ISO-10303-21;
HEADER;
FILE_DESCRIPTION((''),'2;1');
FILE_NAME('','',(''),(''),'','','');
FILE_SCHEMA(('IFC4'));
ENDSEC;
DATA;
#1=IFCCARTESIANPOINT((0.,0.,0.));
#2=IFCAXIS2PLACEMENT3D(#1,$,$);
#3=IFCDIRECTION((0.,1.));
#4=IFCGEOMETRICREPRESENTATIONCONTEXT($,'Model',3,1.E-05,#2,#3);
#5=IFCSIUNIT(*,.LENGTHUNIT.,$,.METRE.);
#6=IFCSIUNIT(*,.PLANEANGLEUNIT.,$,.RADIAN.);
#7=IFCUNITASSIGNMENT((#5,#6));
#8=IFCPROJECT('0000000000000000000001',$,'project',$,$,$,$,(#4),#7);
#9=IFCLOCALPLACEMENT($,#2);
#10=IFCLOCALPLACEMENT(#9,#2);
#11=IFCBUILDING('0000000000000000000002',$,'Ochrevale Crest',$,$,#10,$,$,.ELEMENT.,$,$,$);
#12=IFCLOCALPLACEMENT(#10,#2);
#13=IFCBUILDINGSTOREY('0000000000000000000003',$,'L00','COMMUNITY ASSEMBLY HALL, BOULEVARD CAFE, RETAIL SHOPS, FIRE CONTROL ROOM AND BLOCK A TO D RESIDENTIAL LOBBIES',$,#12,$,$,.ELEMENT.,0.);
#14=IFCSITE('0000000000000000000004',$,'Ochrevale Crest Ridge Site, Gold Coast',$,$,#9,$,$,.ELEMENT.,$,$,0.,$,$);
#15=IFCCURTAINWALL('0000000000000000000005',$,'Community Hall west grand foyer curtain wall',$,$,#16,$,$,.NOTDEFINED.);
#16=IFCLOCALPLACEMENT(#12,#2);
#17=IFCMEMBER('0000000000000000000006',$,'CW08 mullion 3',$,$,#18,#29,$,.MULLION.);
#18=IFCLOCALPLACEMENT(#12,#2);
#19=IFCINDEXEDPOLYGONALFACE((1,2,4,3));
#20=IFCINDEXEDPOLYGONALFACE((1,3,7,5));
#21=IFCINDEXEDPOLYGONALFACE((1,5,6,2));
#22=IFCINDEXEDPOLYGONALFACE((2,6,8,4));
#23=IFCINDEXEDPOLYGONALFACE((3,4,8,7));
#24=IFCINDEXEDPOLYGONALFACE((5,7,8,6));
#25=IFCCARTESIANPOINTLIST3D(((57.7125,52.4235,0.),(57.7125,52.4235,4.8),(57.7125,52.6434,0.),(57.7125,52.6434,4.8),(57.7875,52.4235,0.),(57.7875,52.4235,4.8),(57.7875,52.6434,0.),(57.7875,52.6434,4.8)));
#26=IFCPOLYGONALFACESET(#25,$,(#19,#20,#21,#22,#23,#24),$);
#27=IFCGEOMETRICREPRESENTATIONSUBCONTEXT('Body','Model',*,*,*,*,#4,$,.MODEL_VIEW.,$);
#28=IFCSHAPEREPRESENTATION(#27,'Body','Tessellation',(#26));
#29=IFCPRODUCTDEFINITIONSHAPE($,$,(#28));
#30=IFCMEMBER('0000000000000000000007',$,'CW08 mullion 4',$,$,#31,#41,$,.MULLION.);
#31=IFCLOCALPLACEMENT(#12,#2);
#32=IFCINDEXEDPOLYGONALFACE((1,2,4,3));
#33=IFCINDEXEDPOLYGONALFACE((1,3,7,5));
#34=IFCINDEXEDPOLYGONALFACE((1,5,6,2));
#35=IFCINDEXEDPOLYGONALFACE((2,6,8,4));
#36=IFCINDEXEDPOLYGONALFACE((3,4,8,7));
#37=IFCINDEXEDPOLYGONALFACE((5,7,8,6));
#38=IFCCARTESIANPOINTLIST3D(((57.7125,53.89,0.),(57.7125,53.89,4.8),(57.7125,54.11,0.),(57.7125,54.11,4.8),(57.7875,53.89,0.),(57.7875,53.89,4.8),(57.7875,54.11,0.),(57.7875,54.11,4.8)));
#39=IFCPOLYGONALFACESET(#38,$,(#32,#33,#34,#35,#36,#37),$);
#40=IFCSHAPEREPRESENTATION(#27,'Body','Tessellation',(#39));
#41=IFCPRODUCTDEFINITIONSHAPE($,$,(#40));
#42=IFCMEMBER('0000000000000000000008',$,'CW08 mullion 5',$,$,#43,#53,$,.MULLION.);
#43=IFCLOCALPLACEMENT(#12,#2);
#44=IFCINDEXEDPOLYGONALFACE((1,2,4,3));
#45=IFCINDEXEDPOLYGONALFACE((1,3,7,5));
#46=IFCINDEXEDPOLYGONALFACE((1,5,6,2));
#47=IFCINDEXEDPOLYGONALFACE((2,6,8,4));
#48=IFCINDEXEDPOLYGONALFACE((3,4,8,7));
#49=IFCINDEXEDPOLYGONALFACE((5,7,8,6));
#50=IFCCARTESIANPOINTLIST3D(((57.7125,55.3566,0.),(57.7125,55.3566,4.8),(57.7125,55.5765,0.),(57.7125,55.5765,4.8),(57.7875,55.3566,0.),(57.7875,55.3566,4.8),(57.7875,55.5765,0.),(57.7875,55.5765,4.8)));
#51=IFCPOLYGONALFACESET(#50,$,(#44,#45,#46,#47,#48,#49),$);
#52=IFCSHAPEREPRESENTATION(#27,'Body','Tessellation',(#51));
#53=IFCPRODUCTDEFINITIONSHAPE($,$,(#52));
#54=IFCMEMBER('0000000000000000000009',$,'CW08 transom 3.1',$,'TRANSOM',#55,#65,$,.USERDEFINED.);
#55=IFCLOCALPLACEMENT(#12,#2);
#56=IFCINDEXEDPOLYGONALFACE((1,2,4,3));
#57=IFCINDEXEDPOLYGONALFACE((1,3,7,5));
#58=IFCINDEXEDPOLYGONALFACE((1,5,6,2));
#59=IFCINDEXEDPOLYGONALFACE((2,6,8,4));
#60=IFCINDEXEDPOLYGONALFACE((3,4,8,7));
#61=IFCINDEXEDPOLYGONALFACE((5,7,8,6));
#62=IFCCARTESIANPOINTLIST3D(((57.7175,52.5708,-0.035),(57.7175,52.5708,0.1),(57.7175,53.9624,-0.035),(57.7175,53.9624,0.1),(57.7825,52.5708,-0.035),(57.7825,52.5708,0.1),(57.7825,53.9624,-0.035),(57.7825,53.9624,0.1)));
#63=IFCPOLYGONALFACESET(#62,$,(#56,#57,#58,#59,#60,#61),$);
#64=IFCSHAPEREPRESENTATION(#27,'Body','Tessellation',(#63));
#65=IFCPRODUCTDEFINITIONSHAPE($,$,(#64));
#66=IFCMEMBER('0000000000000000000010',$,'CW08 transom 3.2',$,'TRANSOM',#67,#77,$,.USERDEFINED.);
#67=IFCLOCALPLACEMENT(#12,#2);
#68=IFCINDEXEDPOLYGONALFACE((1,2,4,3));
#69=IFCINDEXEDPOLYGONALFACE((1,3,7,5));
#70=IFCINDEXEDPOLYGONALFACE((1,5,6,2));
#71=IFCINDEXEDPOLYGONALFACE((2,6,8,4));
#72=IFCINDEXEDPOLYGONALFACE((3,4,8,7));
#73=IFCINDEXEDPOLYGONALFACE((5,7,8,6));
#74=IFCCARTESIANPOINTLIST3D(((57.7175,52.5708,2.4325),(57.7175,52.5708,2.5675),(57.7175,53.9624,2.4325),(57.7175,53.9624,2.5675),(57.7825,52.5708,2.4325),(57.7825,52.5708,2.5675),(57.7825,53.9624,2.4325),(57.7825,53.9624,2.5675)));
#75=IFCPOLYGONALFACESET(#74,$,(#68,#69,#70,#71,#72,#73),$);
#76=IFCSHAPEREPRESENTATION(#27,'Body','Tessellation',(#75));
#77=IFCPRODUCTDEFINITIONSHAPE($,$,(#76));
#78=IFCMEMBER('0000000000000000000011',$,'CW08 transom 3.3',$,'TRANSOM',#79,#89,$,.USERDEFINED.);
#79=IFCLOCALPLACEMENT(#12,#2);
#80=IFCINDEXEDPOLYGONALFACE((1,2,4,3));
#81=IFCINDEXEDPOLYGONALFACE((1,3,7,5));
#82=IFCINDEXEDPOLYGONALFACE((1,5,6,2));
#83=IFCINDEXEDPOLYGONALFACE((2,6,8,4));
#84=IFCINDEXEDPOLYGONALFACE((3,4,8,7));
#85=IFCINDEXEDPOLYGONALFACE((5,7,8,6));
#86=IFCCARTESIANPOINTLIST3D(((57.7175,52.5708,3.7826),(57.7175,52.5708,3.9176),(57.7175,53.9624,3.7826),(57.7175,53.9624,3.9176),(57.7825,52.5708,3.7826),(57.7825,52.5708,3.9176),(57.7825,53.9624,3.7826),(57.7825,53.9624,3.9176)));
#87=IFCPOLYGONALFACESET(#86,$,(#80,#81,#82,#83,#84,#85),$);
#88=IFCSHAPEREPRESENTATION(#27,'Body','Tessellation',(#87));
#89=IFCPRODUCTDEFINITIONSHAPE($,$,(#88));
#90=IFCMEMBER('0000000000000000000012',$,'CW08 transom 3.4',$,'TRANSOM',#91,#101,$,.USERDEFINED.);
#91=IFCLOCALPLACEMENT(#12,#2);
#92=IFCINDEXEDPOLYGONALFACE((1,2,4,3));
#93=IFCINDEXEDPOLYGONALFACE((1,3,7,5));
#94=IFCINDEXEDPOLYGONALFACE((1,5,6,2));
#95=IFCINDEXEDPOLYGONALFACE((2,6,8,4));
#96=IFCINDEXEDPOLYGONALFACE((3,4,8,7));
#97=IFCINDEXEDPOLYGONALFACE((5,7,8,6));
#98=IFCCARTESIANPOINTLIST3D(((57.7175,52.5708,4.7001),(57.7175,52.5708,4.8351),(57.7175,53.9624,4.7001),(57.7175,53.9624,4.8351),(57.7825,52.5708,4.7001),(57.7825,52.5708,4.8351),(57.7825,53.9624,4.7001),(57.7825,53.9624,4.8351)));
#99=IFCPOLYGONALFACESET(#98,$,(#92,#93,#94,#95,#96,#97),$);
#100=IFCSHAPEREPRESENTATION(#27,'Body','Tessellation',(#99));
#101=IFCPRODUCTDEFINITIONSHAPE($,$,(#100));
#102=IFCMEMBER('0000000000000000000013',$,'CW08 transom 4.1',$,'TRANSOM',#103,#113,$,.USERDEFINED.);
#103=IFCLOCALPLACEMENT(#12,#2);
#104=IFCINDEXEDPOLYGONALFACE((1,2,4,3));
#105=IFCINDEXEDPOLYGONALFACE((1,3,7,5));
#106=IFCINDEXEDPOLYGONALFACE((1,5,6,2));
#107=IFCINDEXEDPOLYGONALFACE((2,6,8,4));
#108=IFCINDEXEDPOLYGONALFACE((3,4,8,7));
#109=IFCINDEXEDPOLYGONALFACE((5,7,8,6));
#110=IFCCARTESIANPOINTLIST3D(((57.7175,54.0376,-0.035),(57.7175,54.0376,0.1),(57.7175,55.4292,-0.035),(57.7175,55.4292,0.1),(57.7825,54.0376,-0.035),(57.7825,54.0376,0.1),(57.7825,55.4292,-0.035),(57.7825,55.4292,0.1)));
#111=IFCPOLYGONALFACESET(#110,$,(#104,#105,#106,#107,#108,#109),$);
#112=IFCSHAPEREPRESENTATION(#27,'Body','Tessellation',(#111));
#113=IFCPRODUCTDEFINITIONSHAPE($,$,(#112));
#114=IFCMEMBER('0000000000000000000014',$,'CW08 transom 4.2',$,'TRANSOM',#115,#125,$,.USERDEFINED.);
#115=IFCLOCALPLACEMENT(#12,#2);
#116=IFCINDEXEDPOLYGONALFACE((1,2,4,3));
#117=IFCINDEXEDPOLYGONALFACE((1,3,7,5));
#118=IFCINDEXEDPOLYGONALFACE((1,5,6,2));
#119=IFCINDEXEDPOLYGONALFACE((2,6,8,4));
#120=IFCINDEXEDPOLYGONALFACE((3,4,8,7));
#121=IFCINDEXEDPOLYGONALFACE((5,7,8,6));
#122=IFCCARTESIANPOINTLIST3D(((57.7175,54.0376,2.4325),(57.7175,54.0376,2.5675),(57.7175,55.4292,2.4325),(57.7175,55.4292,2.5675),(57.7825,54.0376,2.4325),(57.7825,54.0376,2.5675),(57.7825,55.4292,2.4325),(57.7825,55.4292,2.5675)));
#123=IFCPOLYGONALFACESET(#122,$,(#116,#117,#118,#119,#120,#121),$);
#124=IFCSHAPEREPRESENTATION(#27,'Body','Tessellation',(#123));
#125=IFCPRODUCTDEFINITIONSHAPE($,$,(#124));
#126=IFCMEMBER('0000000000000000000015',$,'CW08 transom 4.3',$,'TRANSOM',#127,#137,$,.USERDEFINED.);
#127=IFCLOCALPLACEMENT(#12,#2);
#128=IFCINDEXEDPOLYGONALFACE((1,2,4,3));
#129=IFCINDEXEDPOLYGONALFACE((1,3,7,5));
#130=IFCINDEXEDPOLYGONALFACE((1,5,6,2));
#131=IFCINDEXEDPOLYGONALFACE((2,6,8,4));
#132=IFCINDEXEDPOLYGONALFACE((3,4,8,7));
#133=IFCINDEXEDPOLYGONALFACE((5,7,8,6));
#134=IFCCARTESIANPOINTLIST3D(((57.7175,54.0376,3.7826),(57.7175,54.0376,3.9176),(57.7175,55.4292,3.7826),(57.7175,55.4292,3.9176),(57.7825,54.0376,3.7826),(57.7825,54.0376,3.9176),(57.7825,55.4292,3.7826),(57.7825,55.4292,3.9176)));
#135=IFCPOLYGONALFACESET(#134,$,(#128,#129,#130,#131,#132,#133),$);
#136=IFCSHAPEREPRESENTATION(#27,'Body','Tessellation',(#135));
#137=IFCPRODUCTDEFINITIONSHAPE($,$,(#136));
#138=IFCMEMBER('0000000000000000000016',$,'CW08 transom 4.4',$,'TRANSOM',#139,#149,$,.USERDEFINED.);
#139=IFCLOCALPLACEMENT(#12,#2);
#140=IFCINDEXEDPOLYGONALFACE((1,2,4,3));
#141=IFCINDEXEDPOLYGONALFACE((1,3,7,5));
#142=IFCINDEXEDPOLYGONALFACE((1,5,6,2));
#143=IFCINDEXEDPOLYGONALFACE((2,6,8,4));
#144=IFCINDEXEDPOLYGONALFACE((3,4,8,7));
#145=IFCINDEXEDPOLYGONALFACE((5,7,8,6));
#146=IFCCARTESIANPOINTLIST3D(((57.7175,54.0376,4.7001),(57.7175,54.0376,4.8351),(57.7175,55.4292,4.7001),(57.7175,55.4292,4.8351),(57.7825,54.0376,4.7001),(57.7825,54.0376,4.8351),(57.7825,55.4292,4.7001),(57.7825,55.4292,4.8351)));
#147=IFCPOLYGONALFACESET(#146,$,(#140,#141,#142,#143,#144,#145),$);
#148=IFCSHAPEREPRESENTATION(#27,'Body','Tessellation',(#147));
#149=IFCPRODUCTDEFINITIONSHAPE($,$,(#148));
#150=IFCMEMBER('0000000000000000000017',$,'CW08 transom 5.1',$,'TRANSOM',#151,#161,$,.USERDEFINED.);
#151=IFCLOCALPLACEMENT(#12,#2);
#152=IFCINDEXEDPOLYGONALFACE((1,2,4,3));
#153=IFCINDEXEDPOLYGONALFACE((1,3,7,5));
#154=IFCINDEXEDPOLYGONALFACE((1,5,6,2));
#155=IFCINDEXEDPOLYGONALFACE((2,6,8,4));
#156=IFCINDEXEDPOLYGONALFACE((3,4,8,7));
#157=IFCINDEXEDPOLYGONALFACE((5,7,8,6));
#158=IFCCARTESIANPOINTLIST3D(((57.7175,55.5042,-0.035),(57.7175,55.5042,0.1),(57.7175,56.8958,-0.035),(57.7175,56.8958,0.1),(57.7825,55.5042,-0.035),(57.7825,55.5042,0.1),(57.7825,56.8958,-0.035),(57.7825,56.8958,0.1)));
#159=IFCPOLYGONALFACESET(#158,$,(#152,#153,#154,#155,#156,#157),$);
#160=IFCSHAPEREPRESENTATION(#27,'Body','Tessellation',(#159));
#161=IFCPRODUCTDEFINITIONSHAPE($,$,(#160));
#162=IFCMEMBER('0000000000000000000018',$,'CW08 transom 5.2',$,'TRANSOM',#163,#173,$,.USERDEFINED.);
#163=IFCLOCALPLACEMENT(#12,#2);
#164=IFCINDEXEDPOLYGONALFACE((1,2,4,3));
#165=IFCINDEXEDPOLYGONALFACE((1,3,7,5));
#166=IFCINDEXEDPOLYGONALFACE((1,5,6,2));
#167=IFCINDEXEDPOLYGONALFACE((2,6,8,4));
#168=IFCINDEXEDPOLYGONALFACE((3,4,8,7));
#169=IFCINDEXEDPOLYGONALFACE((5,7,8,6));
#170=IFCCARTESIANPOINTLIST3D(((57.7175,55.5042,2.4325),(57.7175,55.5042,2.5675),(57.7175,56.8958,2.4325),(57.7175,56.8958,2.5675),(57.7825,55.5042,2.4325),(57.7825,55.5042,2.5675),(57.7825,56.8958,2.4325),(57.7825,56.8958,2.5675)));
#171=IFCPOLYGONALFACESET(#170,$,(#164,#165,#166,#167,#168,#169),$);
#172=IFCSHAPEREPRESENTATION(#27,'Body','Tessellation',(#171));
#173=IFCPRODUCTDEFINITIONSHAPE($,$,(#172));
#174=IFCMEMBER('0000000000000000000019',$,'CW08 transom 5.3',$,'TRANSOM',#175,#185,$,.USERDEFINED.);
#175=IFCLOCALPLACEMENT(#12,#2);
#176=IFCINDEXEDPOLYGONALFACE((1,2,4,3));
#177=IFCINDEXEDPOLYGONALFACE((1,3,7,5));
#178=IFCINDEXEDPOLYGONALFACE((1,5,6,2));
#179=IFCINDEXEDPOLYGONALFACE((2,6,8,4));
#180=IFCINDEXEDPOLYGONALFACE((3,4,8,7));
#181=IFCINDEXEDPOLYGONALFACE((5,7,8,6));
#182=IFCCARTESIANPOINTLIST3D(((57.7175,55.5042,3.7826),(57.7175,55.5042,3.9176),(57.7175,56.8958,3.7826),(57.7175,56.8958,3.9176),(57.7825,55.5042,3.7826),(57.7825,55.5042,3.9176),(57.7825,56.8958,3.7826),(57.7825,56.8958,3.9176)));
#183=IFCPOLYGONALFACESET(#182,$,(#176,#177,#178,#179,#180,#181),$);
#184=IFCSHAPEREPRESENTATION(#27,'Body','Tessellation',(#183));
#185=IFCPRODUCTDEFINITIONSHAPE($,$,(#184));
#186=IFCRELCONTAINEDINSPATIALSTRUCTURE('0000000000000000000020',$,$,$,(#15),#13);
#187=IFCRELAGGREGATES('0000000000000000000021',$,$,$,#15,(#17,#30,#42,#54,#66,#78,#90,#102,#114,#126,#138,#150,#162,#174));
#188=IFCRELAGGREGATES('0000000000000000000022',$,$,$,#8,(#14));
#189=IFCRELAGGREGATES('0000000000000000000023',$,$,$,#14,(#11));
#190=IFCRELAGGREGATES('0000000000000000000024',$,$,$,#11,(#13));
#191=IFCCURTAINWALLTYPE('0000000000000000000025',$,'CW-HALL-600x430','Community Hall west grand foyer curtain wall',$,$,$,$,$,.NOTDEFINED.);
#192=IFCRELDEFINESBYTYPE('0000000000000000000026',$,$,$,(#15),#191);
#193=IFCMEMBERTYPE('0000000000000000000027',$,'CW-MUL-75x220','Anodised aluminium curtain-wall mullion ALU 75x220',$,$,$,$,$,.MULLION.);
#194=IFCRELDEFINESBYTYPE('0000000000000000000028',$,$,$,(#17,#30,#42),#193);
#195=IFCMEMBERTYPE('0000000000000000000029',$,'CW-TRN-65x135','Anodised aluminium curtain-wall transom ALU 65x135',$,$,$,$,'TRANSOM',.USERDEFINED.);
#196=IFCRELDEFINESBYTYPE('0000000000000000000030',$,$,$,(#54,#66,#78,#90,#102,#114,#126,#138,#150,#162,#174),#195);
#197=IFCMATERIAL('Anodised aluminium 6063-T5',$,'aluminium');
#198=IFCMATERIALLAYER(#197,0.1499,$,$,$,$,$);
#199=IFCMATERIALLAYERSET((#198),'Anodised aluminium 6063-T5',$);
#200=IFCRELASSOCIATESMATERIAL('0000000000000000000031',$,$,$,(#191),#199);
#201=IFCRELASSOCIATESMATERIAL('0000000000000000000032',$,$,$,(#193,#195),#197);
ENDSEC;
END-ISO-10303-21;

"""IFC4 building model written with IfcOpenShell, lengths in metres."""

from ifc_helpers import new_model, si_unit, direction, frame, origin, origin_2d, place, context, subcontext, project, spatial, rectangle, extrude, material, layer, layer_set, material_profile, profile_set, type_object, element, aggregate, save


model = new_model("IFC4")

# Units and contexts
model_context = context("Model", 3, precision=1e-05, world=origin(), true_north=direction((0.0, 1.0)))
body_context = subcontext(model_context, "Body", "Model", "MODEL_VIEW")
ifc_project = project(units=[si_unit("LENGTHUNIT", "METRE"), si_unit("PLANEANGLEUNIT", "RADIAN")], contexts=[model_context])

# Site, building, storey
site_placement = place(None, origin())
site = spatial("IfcSite", under=ifc_project, at=site_placement, Name="Ochrevale Crest Ridge Site, Gold Coast", CompositionType="ELEMENT", RefElevation=0.0)
building_placement = place(site_placement, origin())
building = spatial("IfcBuilding", under=site, at=building_placement, Name="Ochrevale Crest", CompositionType="ELEMENT")
storey_placement = place(building_placement, origin())
storey = spatial("IfcBuildingStorey", under=building, at=storey_placement, Name="L00", Description="COMMUNITY ASSEMBLY HALL, BOULEVARD CAFE, RETAIL SHOPS, FIRE CONTROL ROOM AND BLOCK A TO D RESIDENTIAL LOBBIES", CompositionType="ELEMENT", Elevation=0.0)

# Curtain wall, members
ifc_material_1 = material(Name="Anodised aluminium 6063-T5", Category="aluminium")
ifc_layer_1 = layer(ifc_material_1, 0.1499)
ifc_layer_set_1 = layer_set([ifc_layer_1], Name="Anodised aluminium 6063-T5")
curtain_wall_type = type_object("IfcCurtainWallType", Name="CW-HALL-600x430", Description="Community Hall west grand foyer curtain wall", PredefinedType="NOTDEFINED", material=ifc_layer_set_1)
curtain_wall_placement = place(storey_placement, origin())
curtain_wall = element("IfcCurtainWall", 1, at=curtain_wall_placement, inside=storey, type_object=curtain_wall_type, Name="Community Hall west grand foyer curtain wall", PredefinedType="NOTDEFINED")
ifc_material_profile_1 = material_profile(ifc_material_1, rectangle(XDim=0.075, YDim=0.22, at=origin_2d()), Name="ALU 75x220")
ifc_profile_set_1 = profile_set([ifc_material_profile_1], Name="Anodised aluminium 6063-T5")
member_type_1 = type_object("IfcMemberType", Name="CW-MUL-75x220", Description="Anodised aluminium curtain-wall mullion ALU 75x220", PredefinedType="MULLION", material=ifc_profile_set_1)
member_1_placement = place(storey_placement, frame((57.75, 52.5334, 0.0), z_axis=(0.0, 0.0, 1.0), x_axis=(-1.0, 0.0, 0.0)))
member_1 = element("IfcMember", 2, at=member_1_placement, type_object=member_type_1, Name="CW08 mullion 3", PredefinedType="MULLION", context=body_context, shape_type="SweptSolid", body=[
    extrude(rectangle(XDim=0.075, YDim=0.22, at=origin_2d()), origin(), (0.0, 0.0, 1.0), 4.8),
])
member_2_placement = place(storey_placement, frame((57.75, 54.0, 0.0), z_axis=(0.0, 0.0, 1.0), x_axis=(-1.0, 0.0, 0.0)))
member_2 = element("IfcMember", 3, at=member_2_placement, type_object=member_type_1, Name="CW08 mullion 4", PredefinedType="MULLION", context=body_context, shape_type="SweptSolid", body=[
    extrude(rectangle(XDim=0.075, YDim=0.22, at=origin_2d()), origin(), (0.0, 0.0, 1.0), 4.8),
])
member_3_placement = place(storey_placement, frame((57.75, 55.4666, 0.0), z_axis=(0.0, 0.0, 1.0), x_axis=(-1.0, 0.0, 0.0)))
member_3 = element("IfcMember", 4, at=member_3_placement, type_object=member_type_1, Name="CW08 mullion 5", PredefinedType="MULLION", context=body_context, shape_type="SweptSolid", body=[
    extrude(rectangle(XDim=0.075, YDim=0.22, at=origin_2d()), origin(), (0.0, 0.0, 1.0), 4.8),
])
ifc_material_profile_2 = material_profile(ifc_material_1, rectangle(XDim=0.0649, YDim=0.135, at=origin_2d()), Name="ALU 65x135")
ifc_profile_set_2 = profile_set([ifc_material_profile_2], Name="Anodised aluminium 6063-T5")
member_type_2 = type_object("IfcMemberType", Name="CW-TRN-65x135", Description="Anodised aluminium curtain-wall transom ALU 65x135", ElementType="TRANSOM", PredefinedType="USERDEFINED", material=ifc_profile_set_2)
member_4_placement = place(storey_placement, frame((57.75, 52.5708, 0.0325), z_axis=(0.0, 1.0, 0.0), x_axis=(-1.0, 0.0, 0.0)))
member_4 = element("IfcMember", 5, at=member_4_placement, type_object=member_type_2, Name="CW08 transom 3.1", ObjectType="TRANSOM", PredefinedType="USERDEFINED", context=body_context, shape_type="SweptSolid", body=[
    extrude(rectangle(XDim=0.0649, YDim=0.135, at=origin_2d()), origin(), (0.0, 0.0, 1.0), 1.3916),
])
member_5_placement = place(storey_placement, frame((57.75, 52.5708, 2.5), z_axis=(0.0, 1.0, 0.0), x_axis=(-1.0, 0.0, 0.0)))
member_5 = element("IfcMember", 6, at=member_5_placement, type_object=member_type_2, Name="CW08 transom 3.2", ObjectType="TRANSOM", PredefinedType="USERDEFINED", context=body_context, shape_type="SweptSolid", body=[
    extrude(rectangle(XDim=0.0649, YDim=0.135, at=origin_2d()), origin(), (0.0, 0.0, 1.0), 1.3916),
])
member_6_placement = place(storey_placement, frame((57.75, 52.5708, 3.8501), z_axis=(0.0, 1.0, 0.0), x_axis=(-1.0, 0.0, 0.0)))
member_6 = element("IfcMember", 7, at=member_6_placement, type_object=member_type_2, Name="CW08 transom 3.3", ObjectType="TRANSOM", PredefinedType="USERDEFINED", context=body_context, shape_type="SweptSolid", body=[
    extrude(rectangle(XDim=0.0649, YDim=0.135, at=origin_2d()), origin(), (0.0, 0.0, 1.0), 1.3916),
])
member_7_placement = place(storey_placement, frame((57.75, 52.5708, 4.7676), z_axis=(0.0, 1.0, 0.0), x_axis=(-1.0, 0.0, 0.0)))
member_7 = element("IfcMember", 8, at=member_7_placement, type_object=member_type_2, Name="CW08 transom 3.4", ObjectType="TRANSOM", PredefinedType="USERDEFINED", context=body_context, shape_type="SweptSolid", body=[
    extrude(rectangle(XDim=0.0649, YDim=0.135, at=origin_2d()), origin(), (0.0, 0.0, 1.0), 1.3916),
])
member_8_placement = place(storey_placement, frame((57.75, 54.0376, 0.0325), z_axis=(0.0, 1.0, 0.0), x_axis=(-1.0, 0.0, 0.0)))
member_8 = element("IfcMember", 9, at=member_8_placement, type_object=member_type_2, Name="CW08 transom 4.1", ObjectType="TRANSOM", PredefinedType="USERDEFINED", context=body_context, shape_type="SweptSolid", body=[
    extrude(rectangle(XDim=0.0649, YDim=0.135, at=origin_2d()), origin(), (0.0, 0.0, 1.0), 1.3916),
])
member_9_placement = place(storey_placement, frame((57.75, 54.0376, 2.5), z_axis=(0.0, 1.0, 0.0), x_axis=(-1.0, 0.0, 0.0)))
member_9 = element("IfcMember", 10, at=member_9_placement, type_object=member_type_2, Name="CW08 transom 4.2", ObjectType="TRANSOM", PredefinedType="USERDEFINED", context=body_context, shape_type="SweptSolid", body=[
    extrude(rectangle(XDim=0.0649, YDim=0.135, at=origin_2d()), origin(), (0.0, 0.0, 1.0), 1.3916),
])
member_10_placement = place(storey_placement, frame((57.75, 54.0376, 3.8501), z_axis=(0.0, 1.0, 0.0), x_axis=(-1.0, 0.0, 0.0)))
member_10 = element("IfcMember", 11, at=member_10_placement, type_object=member_type_2, Name="CW08 transom 4.3", ObjectType="TRANSOM", PredefinedType="USERDEFINED", context=body_context, shape_type="SweptSolid", body=[
    extrude(rectangle(XDim=0.0649, YDim=0.135, at=origin_2d()), origin(), (0.0, 0.0, 1.0), 1.3916),
])
member_11_placement = place(storey_placement, frame((57.75, 54.0376, 4.7676), z_axis=(0.0, 1.0, 0.0), x_axis=(-1.0, 0.0, 0.0)))
member_11 = element("IfcMember", 12, at=member_11_placement, type_object=member_type_2, Name="CW08 transom 4.4", ObjectType="TRANSOM", PredefinedType="USERDEFINED", context=body_context, shape_type="SweptSolid", body=[
    extrude(rectangle(XDim=0.0649, YDim=0.135, at=origin_2d()), origin(), (0.0, 0.0, 1.0), 1.3916),
])
member_12_placement = place(storey_placement, frame((57.75, 55.5042, 0.0325), z_axis=(0.0, 1.0, 0.0), x_axis=(-1.0, 0.0, 0.0)))
member_12 = element("IfcMember", 13, at=member_12_placement, type_object=member_type_2, Name="CW08 transom 5.1", ObjectType="TRANSOM", PredefinedType="USERDEFINED", context=body_context, shape_type="SweptSolid", body=[
    extrude(rectangle(XDim=0.0649, YDim=0.135, at=origin_2d()), origin(), (0.0, 0.0, 1.0), 1.3916),
])
member_13_placement = place(storey_placement, frame((57.75, 55.5042, 2.5), z_axis=(0.0, 1.0, 0.0), x_axis=(-1.0, 0.0, 0.0)))
member_13 = element("IfcMember", 14, at=member_13_placement, type_object=member_type_2, Name="CW08 transom 5.2", ObjectType="TRANSOM", PredefinedType="USERDEFINED", context=body_context, shape_type="SweptSolid", body=[
    extrude(rectangle(XDim=0.0649, YDim=0.135, at=origin_2d()), origin(), (0.0, 0.0, 1.0), 1.3916),
])
member_14_placement = place(storey_placement, frame((57.75, 55.5042, 3.8501), z_axis=(0.0, 1.0, 0.0), x_axis=(-1.0, 0.0, 0.0)))
member_14 = element("IfcMember", 15, at=member_14_placement, type_object=member_type_2, Name="CW08 transom 5.3", ObjectType="TRANSOM", PredefinedType="USERDEFINED", context=body_context, shape_type="SweptSolid", body=[
    extrude(rectangle(XDim=0.0649, YDim=0.135, at=origin_2d()), origin(), (0.0, 0.0, 1.0), 1.3916),
])
aggregate(curtain_wall, [member_1, member_2, member_3, member_4, member_5, member_6, member_7, member_8, member_9, member_10, member_11, member_12, member_13, member_14])

save(model, "model.ifc")
